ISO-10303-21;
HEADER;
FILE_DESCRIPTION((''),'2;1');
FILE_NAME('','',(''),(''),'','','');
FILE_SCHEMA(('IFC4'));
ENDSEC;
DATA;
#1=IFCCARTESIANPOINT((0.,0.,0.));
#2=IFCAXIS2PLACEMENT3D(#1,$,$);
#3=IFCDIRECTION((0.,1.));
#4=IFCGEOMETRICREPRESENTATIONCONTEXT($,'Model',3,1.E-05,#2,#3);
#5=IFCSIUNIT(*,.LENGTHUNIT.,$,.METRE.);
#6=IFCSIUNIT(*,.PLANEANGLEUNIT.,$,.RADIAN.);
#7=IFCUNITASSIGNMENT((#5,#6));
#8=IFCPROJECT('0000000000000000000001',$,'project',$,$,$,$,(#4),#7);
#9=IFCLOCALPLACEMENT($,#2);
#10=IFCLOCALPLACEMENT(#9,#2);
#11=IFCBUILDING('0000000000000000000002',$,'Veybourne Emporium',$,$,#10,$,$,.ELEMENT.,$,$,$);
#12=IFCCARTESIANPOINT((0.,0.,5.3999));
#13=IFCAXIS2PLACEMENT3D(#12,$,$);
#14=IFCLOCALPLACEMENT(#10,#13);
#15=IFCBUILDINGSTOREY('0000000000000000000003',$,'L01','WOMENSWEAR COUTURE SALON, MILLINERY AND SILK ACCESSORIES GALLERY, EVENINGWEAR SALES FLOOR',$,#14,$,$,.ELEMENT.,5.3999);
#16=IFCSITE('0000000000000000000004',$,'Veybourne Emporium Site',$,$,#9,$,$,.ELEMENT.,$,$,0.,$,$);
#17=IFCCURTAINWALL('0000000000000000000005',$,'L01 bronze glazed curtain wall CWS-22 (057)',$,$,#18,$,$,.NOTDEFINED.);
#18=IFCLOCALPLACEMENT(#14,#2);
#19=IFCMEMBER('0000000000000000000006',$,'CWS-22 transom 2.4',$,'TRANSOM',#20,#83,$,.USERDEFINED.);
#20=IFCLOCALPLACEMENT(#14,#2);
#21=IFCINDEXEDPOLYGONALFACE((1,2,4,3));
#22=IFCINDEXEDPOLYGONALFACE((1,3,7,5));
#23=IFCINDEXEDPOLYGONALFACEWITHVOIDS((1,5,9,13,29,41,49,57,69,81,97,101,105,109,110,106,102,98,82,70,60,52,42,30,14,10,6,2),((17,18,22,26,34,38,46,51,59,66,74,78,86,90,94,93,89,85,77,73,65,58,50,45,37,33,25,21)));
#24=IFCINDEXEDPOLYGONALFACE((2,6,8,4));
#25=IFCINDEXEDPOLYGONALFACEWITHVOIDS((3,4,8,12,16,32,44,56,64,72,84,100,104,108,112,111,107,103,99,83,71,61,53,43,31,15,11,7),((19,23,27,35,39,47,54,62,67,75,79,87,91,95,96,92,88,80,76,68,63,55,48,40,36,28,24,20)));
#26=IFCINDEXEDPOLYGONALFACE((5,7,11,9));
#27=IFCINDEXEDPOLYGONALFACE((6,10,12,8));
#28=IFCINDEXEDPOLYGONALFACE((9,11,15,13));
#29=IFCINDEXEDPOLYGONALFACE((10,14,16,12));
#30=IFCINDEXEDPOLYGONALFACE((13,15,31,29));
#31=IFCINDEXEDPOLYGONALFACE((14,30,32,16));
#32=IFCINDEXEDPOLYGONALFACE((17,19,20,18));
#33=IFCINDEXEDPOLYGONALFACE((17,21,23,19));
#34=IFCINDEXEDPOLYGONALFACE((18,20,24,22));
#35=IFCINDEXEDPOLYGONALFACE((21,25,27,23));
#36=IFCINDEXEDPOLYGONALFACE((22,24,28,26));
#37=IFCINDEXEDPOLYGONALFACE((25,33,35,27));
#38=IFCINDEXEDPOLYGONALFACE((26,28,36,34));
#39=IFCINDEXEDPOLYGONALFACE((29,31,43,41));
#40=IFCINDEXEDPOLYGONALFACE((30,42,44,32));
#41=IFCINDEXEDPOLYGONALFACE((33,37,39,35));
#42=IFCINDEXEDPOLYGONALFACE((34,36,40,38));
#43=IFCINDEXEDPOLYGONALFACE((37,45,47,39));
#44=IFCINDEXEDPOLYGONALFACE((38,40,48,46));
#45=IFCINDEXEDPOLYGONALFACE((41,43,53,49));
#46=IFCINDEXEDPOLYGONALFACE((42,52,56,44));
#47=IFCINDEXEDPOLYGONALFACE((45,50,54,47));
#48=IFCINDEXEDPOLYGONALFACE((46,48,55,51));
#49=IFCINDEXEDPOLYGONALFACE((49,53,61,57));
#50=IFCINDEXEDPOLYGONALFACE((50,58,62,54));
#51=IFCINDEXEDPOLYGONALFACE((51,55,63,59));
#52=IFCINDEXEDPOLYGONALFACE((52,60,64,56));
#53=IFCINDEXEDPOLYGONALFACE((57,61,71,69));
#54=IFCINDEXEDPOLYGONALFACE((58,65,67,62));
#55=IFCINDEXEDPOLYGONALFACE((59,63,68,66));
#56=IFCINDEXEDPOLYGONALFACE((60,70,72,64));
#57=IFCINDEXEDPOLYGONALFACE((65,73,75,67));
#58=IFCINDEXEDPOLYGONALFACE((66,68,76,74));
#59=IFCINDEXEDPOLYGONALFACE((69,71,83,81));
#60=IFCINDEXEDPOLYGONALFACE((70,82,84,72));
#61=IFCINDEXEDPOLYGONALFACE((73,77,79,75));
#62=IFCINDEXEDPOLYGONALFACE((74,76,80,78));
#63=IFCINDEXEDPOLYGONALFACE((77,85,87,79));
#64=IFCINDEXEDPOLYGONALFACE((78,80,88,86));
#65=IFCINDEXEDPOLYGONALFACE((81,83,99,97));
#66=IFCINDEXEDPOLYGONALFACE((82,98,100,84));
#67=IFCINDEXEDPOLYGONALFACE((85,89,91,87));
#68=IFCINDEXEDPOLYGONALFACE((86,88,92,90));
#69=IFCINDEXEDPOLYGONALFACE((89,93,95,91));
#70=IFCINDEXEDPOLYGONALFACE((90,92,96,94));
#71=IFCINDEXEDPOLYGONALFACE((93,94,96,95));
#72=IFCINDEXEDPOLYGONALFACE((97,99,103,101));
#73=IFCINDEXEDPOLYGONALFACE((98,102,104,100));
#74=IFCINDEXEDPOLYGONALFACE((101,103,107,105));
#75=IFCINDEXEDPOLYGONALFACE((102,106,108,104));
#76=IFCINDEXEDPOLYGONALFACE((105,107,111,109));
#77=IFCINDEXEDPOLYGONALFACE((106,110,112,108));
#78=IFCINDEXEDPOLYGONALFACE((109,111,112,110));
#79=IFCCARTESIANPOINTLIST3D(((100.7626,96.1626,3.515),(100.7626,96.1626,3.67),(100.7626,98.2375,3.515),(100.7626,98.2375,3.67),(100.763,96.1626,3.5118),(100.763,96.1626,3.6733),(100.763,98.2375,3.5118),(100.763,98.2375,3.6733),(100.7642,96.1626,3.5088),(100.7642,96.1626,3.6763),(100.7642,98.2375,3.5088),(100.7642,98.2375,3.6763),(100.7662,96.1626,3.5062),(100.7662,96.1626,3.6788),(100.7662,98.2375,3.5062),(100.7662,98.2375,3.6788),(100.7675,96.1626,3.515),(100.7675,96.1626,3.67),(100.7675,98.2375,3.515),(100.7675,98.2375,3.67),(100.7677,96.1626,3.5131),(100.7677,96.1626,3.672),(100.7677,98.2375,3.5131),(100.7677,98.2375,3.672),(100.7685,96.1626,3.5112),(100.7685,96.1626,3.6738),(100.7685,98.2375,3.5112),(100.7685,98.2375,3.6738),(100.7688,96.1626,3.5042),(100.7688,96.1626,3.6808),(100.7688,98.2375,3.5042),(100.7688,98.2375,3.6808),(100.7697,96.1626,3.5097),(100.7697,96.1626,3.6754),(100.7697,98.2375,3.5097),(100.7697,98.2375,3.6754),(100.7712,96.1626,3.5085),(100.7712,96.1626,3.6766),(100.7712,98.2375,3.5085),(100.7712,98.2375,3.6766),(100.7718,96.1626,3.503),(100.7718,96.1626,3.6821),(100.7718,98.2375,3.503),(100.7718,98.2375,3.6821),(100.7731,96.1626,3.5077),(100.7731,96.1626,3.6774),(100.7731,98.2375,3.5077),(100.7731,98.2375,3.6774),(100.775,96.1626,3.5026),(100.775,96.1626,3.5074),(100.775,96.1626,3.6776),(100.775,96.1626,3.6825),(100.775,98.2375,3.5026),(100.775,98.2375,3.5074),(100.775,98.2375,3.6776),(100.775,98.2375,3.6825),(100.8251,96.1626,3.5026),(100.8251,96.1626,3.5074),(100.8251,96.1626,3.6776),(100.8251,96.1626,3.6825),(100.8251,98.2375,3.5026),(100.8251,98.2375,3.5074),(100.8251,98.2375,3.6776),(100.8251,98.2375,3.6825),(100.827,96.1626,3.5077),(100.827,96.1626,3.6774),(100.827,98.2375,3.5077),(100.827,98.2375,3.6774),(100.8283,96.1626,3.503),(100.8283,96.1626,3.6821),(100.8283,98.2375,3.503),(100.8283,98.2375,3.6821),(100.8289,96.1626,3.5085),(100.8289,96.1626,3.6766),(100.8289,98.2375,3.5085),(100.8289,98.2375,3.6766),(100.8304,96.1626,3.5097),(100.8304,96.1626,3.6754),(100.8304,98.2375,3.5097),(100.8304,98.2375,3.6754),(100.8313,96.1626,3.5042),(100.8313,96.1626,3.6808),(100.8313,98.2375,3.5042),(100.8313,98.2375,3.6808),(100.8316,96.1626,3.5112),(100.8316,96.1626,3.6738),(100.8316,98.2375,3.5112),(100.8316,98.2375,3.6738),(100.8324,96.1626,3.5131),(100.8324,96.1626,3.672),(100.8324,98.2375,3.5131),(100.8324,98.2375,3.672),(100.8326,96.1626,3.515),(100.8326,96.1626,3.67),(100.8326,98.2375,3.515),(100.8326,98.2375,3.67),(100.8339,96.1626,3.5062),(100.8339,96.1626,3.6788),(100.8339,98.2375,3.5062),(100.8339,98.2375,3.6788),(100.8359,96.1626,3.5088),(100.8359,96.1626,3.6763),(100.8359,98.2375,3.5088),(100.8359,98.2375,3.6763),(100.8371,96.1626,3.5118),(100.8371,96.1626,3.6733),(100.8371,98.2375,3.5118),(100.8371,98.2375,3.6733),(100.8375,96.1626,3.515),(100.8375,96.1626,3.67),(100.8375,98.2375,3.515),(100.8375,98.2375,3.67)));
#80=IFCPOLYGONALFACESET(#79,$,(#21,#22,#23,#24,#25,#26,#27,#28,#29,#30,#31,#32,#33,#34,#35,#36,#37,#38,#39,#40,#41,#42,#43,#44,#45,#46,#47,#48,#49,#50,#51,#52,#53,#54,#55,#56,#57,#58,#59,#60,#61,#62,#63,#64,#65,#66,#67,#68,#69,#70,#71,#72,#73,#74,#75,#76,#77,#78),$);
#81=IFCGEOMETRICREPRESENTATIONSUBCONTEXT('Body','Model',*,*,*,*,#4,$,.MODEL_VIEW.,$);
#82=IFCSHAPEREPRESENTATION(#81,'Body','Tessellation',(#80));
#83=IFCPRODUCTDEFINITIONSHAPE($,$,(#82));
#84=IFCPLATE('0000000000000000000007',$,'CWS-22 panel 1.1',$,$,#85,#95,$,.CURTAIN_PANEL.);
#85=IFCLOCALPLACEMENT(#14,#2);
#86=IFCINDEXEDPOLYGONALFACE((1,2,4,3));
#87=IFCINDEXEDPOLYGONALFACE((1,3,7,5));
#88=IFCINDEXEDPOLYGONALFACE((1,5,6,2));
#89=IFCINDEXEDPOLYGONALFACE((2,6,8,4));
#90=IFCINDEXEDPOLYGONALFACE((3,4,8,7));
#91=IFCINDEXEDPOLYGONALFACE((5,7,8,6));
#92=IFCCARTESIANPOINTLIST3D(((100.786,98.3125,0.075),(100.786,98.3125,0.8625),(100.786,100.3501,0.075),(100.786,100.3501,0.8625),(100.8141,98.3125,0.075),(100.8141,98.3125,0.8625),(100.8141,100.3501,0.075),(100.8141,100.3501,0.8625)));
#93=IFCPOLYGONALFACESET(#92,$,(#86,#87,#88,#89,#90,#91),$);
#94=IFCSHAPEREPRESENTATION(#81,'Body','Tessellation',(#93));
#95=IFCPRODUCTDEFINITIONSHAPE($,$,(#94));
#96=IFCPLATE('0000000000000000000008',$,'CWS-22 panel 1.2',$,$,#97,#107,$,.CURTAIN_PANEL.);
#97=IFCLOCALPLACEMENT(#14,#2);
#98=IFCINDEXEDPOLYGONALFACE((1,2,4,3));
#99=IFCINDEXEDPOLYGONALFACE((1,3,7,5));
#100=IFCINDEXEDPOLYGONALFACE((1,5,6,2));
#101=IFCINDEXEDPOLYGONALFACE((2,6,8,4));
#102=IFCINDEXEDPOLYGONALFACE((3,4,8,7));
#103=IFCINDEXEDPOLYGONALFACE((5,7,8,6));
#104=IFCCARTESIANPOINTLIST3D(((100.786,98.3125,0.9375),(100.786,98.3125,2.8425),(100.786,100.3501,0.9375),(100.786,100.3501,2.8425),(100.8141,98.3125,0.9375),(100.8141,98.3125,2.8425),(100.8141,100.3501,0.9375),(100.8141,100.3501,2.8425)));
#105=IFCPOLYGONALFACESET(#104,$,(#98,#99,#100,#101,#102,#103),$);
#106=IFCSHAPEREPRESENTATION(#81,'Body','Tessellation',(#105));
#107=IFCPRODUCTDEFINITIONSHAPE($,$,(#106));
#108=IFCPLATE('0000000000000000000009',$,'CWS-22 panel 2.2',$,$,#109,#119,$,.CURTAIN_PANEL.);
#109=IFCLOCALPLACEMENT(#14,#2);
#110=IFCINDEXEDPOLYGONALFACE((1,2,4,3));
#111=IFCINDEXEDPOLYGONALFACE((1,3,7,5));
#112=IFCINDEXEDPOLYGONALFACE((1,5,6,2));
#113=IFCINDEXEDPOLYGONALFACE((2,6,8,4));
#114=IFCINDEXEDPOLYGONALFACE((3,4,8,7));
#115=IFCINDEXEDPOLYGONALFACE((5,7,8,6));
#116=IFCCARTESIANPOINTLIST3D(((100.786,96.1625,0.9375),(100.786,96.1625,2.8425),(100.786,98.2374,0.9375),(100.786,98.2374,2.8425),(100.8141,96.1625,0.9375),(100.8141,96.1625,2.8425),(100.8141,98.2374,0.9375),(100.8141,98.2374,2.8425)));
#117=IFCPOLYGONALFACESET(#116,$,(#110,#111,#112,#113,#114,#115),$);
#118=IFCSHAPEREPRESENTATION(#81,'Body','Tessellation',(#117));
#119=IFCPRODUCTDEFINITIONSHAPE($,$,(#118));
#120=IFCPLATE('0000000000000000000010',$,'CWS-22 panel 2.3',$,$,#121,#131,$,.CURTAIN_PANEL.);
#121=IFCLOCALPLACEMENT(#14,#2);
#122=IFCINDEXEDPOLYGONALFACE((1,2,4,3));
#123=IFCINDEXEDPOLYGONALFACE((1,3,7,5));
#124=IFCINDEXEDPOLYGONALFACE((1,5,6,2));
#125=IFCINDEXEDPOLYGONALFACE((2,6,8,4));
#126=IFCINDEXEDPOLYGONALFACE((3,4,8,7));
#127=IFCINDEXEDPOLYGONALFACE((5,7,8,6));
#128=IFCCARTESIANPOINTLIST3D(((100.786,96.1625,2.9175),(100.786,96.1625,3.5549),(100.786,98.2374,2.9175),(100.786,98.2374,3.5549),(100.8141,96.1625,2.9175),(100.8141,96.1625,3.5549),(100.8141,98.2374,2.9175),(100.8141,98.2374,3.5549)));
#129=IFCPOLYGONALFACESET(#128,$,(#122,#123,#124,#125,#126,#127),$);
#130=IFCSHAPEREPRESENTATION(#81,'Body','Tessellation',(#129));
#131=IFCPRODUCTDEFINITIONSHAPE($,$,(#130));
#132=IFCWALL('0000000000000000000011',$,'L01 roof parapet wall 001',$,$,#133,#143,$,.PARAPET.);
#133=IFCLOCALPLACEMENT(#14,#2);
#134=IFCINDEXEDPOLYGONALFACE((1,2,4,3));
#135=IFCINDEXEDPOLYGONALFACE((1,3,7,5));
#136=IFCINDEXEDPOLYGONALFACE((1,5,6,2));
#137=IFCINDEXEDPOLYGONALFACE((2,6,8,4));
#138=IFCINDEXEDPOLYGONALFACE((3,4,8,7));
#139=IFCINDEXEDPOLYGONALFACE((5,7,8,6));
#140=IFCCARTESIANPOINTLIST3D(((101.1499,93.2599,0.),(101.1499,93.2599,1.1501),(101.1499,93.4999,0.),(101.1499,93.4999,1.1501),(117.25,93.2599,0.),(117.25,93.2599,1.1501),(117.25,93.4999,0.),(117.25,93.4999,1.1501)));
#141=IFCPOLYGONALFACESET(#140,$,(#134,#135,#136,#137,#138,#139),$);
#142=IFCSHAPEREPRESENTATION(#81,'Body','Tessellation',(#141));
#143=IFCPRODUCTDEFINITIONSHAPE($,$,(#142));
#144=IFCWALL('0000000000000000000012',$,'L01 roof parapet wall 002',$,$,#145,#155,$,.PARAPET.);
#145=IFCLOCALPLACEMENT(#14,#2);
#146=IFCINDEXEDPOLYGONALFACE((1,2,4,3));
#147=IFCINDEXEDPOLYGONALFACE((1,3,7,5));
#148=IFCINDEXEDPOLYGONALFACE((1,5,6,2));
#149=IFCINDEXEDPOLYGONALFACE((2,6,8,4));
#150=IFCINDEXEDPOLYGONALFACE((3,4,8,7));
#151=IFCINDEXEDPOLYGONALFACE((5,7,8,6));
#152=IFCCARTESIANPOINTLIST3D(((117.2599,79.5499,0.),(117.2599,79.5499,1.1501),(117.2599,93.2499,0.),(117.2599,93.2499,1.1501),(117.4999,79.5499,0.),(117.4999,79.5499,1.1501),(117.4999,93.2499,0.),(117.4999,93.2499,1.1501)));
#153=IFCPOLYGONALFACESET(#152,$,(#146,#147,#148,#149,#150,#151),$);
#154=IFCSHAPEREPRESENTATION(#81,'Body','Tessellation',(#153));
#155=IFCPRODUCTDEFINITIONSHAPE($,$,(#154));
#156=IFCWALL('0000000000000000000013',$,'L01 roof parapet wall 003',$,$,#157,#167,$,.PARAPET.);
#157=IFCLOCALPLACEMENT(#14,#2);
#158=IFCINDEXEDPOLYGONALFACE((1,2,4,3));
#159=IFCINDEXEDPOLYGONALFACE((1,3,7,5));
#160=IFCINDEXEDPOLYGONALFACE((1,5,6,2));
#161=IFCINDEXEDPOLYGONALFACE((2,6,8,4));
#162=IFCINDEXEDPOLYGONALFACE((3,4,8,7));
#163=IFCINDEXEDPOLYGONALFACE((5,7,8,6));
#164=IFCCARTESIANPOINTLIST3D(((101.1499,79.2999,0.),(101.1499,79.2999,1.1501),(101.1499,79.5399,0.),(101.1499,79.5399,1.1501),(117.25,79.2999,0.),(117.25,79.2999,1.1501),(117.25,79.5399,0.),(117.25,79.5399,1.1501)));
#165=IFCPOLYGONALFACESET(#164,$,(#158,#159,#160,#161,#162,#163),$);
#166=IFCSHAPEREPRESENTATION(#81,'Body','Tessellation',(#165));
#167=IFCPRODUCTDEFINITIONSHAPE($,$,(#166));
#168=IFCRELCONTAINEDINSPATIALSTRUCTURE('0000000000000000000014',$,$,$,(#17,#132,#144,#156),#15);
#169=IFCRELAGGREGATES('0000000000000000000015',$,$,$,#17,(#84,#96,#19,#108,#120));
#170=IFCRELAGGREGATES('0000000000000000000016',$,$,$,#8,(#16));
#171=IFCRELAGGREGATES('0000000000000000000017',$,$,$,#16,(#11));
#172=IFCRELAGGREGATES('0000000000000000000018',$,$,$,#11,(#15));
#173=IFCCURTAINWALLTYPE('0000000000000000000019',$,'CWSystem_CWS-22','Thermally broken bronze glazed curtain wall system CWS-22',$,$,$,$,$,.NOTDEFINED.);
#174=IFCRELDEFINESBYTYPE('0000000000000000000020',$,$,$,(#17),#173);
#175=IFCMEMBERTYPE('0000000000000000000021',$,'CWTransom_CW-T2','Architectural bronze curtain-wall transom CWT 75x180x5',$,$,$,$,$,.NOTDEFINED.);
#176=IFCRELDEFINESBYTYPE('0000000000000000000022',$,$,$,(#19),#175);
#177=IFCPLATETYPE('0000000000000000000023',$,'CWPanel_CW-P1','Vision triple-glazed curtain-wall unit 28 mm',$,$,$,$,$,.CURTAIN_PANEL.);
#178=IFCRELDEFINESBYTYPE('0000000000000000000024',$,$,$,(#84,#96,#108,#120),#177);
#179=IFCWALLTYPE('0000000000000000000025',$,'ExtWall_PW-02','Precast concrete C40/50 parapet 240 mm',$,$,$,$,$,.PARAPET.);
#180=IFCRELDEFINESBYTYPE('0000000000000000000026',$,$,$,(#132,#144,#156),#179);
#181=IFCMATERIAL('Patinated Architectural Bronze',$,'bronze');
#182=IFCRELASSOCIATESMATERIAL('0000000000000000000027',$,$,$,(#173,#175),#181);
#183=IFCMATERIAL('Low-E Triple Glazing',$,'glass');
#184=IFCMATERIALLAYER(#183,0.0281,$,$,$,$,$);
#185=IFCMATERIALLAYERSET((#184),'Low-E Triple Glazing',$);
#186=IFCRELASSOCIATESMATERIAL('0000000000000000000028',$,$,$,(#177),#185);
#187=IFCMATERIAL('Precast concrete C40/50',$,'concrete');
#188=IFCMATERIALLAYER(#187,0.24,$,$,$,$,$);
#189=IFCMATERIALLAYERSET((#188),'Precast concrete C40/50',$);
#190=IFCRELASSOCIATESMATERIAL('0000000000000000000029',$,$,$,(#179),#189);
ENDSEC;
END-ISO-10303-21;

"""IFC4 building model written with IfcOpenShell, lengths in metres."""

from ifc_helpers import new_model, si_unit, direction, frame, frame_2d, origin, origin_2d, place, context, subcontext, project, spatial, rectangle, hollow_rectangle, extrude, material, layer, layer_set, material_profile, profile_set, type_object, element, aggregate, save


model = new_model("IFC4")

# Units and contexts
model_context = context("Model", 3, precision=1e-05, world=origin(), true_north=direction((0.0, 1.0)))
body_context = subcontext(model_context, "Body", "Model", "MODEL_VIEW")
ifc_project = project(units=[si_unit("LENGTHUNIT", "METRE"), si_unit("PLANEANGLEUNIT", "RADIAN")], contexts=[model_context])

# Site, building, storey
site_placement = place(None, origin())
site = spatial("IfcSite", under=ifc_project, at=site_placement, Name="Veybourne Emporium Site", CompositionType="ELEMENT", RefElevation=0.0)
building_placement = place(site_placement, origin())
building = spatial("IfcBuilding", under=site, at=building_placement, Name="Veybourne Emporium", CompositionType="ELEMENT")
storey_placement = place(building_placement, frame((0.0, 0.0, 5.3999)))
storey = spatial("IfcBuildingStorey", under=building, at=storey_placement, Name="L01", Description="WOMENSWEAR COUTURE SALON, MILLINERY AND SILK ACCESSORIES GALLERY, EVENINGWEAR SALES FLOOR", CompositionType="ELEMENT", Elevation=5.3999)

# Curtain wall, member, plates
ifc_material_1 = material(Name="Patinated Architectural Bronze", Category="bronze")
curtain_wall_type = type_object("IfcCurtainWallType", Name="CWSystem_CWS-22", Description="Thermally broken bronze glazed curtain wall system CWS-22", PredefinedType="NOTDEFINED", material=ifc_material_1)
curtain_wall_placement = place(storey_placement, origin())
curtain_wall = element("IfcCurtainWall", 1, at=curtain_wall_placement, inside=storey, type_object=curtain_wall_type, Name="L01 bronze glazed curtain wall CWS-22 (057)", PredefinedType="NOTDEFINED")
ifc_material_profile_1 = material_profile(ifc_material_1, hollow_rectangle(XDim=0.075, YDim=0.1799, WallThickness=0.0049, InnerFilletRadius=0.0076, OuterFilletRadius=0.0125, at=origin_2d()), Name="CWT 75x180x5")
ifc_profile_set_1 = profile_set([ifc_material_profile_1], Name="Patinated Architectural Bronze")
member_type_1 = type_object("IfcMemberType", Name="CWTransom_CW-T2", Description="Architectural bronze curtain-wall transom CWT 75x180x5", PredefinedType="NOTDEFINED", material=ifc_profile_set_1)
member_1_placement = place(storey_placement, frame((100.8, 98.2375, 3.5925), z_axis=(0.0, -1.0, 0.0), x_axis=(1.0, 0.0, 0.0)))
member_1 = element("IfcMember", 2, at=member_1_placement, type_object=member_type_1, Name="CWS-22 transom 2.4", ObjectType="TRANSOM", PredefinedType="USERDEFINED", context=body_context, shape_type="SweptSolid", body=[
    extrude(hollow_rectangle(XDim=0.075, YDim=0.1799, WallThickness=0.0049, InnerFilletRadius=0.0076, OuterFilletRadius=0.0125, at=origin_2d()), origin(), (0.0, 0.0, 1.0), 2.075),
])
ifc_material_2 = material(Name="Low-E Triple Glazing", Category="glass")
ifc_layer_1 = layer(ifc_material_2, 0.0281)
ifc_layer_set_1 = layer_set([ifc_layer_1], Name="Low-E Triple Glazing")
plate_type = type_object("IfcPlateType", Name="CWPanel_CW-P1", Description="Vision triple-glazed curtain-wall unit 28 mm", PredefinedType="CURTAIN_PANEL", material=ifc_layer_set_1)
plate_1_placement = place(storey_placement, frame((100.8, 99.3313, 0.075), z_axis=(0.0, 0.0, 1.0), x_axis=(0.0, -1.0, 0.0)))
plate_1 = element("IfcPlate", 3, at=plate_1_placement, type_object=plate_type, Name="CWS-22 panel 1.1", PredefinedType="CURTAIN_PANEL", context=body_context, shape_type="SweptSolid", body=[
    extrude(rectangle(XDim=2.0376, YDim=0.0281, at=origin_2d()), origin(), (0.0, 0.0, 1.0), 0.7876),
])
plate_2_placement = place(storey_placement, frame((100.8, 99.3313, 0.9375), z_axis=(0.0, 0.0, 1.0), x_axis=(0.0, -1.0, 0.0)))
plate_2 = element("IfcPlate", 4, at=plate_2_placement, type_object=plate_type, Name="CWS-22 panel 1.2", PredefinedType="CURTAIN_PANEL", context=body_context, shape_type="SweptSolid", body=[
    extrude(rectangle(XDim=2.0376, YDim=0.0281, at=origin_2d()), origin(), (0.0, 0.0, 1.0), 1.905),
])
plate_3_placement = place(storey_placement, frame((100.8, 97.2, 0.9375), z_axis=(0.0, 0.0, 1.0), x_axis=(0.0, -1.0, 0.0)))
plate_3 = element("IfcPlate", 5, at=plate_3_placement, type_object=plate_type, Name="CWS-22 panel 2.2", PredefinedType="CURTAIN_PANEL", context=body_context, shape_type="SweptSolid", body=[
    extrude(rectangle(XDim=2.075, YDim=0.0281, at=origin_2d()), origin(), (0.0, 0.0, 1.0), 1.905),
])
plate_4_placement = place(storey_placement, frame((100.8, 97.2, 2.9175), z_axis=(0.0, 0.0, 1.0), x_axis=(0.0, -1.0, 0.0)))
plate_4 = element("IfcPlate", 6, at=plate_4_placement, type_object=plate_type, Name="CWS-22 panel 2.3", PredefinedType="CURTAIN_PANEL", context=body_context, shape_type="SweptSolid", body=[
    extrude(rectangle(XDim=2.075, YDim=0.0281, at=origin_2d()), origin(), (0.0, 0.0, 1.0), 0.6375),
])
aggregate(curtain_wall, [plate_1, plate_2, member_1, plate_3, plate_4])

# Walls
ifc_material_3 = material(Name="Precast concrete C40/50", Category="concrete")
ifc_layer_2 = layer(ifc_material_3, 0.24)
ifc_layer_set_2 = layer_set([ifc_layer_2], Name="Precast concrete C40/50")
wall_type = type_object("IfcWallType", Name="ExtWall_PW-02", Description="Precast concrete C40/50 parapet 240 mm", PredefinedType="PARAPET", material=ifc_layer_set_2)
wall_1_placement = place(storey_placement, frame((101.1499, 93.3799, 0.0), z_axis=(0.0, 0.0, 1.0), x_axis=(1.0, 0.0, 0.0)))
element("IfcWall", 7, at=wall_1_placement, inside=storey, type_object=wall_type, Name="L01 roof parapet wall 001", PredefinedType="PARAPET", context=body_context, shape_type="SweptSolid", body=[
    extrude(rectangle(XDim=16.1001, YDim=0.24, at=frame_2d((8.05, 0.0))), origin(), (0.0, 0.0, 1.0), 1.1501),
])
wall_2_placement = place(storey_placement, frame((117.3799, 93.25, 0.0), z_axis=(0.0, 0.0, 1.0), x_axis=(0.0, -1.0, 0.0)))
element("IfcWall", 8, at=wall_2_placement, inside=storey, type_object=wall_type, Name="L01 roof parapet wall 002", PredefinedType="PARAPET", context=body_context, shape_type="SweptSolid", body=[
    extrude(rectangle(XDim=13.7, YDim=0.24, at=frame_2d((6.8501, 0.0))), origin(), (0.0, 0.0, 1.0), 1.1501),
])
wall_3_placement = place(storey_placement, frame((117.25, 79.4199, 0.0), z_axis=(0.0, 0.0, 1.0), x_axis=(-1.0, 0.0, 0.0)))
element("IfcWall", 9, at=wall_3_placement, inside=storey, type_object=wall_type, Name="L01 roof parapet wall 003", PredefinedType="PARAPET", context=body_context, shape_type="SweptSolid", body=[
    extrude(rectangle(XDim=16.1001, YDim=0.24, at=frame_2d((8.05, 0.0))), origin(), (0.0, 0.0, 1.0), 1.1501),
])

save(model, "model.ifc")
